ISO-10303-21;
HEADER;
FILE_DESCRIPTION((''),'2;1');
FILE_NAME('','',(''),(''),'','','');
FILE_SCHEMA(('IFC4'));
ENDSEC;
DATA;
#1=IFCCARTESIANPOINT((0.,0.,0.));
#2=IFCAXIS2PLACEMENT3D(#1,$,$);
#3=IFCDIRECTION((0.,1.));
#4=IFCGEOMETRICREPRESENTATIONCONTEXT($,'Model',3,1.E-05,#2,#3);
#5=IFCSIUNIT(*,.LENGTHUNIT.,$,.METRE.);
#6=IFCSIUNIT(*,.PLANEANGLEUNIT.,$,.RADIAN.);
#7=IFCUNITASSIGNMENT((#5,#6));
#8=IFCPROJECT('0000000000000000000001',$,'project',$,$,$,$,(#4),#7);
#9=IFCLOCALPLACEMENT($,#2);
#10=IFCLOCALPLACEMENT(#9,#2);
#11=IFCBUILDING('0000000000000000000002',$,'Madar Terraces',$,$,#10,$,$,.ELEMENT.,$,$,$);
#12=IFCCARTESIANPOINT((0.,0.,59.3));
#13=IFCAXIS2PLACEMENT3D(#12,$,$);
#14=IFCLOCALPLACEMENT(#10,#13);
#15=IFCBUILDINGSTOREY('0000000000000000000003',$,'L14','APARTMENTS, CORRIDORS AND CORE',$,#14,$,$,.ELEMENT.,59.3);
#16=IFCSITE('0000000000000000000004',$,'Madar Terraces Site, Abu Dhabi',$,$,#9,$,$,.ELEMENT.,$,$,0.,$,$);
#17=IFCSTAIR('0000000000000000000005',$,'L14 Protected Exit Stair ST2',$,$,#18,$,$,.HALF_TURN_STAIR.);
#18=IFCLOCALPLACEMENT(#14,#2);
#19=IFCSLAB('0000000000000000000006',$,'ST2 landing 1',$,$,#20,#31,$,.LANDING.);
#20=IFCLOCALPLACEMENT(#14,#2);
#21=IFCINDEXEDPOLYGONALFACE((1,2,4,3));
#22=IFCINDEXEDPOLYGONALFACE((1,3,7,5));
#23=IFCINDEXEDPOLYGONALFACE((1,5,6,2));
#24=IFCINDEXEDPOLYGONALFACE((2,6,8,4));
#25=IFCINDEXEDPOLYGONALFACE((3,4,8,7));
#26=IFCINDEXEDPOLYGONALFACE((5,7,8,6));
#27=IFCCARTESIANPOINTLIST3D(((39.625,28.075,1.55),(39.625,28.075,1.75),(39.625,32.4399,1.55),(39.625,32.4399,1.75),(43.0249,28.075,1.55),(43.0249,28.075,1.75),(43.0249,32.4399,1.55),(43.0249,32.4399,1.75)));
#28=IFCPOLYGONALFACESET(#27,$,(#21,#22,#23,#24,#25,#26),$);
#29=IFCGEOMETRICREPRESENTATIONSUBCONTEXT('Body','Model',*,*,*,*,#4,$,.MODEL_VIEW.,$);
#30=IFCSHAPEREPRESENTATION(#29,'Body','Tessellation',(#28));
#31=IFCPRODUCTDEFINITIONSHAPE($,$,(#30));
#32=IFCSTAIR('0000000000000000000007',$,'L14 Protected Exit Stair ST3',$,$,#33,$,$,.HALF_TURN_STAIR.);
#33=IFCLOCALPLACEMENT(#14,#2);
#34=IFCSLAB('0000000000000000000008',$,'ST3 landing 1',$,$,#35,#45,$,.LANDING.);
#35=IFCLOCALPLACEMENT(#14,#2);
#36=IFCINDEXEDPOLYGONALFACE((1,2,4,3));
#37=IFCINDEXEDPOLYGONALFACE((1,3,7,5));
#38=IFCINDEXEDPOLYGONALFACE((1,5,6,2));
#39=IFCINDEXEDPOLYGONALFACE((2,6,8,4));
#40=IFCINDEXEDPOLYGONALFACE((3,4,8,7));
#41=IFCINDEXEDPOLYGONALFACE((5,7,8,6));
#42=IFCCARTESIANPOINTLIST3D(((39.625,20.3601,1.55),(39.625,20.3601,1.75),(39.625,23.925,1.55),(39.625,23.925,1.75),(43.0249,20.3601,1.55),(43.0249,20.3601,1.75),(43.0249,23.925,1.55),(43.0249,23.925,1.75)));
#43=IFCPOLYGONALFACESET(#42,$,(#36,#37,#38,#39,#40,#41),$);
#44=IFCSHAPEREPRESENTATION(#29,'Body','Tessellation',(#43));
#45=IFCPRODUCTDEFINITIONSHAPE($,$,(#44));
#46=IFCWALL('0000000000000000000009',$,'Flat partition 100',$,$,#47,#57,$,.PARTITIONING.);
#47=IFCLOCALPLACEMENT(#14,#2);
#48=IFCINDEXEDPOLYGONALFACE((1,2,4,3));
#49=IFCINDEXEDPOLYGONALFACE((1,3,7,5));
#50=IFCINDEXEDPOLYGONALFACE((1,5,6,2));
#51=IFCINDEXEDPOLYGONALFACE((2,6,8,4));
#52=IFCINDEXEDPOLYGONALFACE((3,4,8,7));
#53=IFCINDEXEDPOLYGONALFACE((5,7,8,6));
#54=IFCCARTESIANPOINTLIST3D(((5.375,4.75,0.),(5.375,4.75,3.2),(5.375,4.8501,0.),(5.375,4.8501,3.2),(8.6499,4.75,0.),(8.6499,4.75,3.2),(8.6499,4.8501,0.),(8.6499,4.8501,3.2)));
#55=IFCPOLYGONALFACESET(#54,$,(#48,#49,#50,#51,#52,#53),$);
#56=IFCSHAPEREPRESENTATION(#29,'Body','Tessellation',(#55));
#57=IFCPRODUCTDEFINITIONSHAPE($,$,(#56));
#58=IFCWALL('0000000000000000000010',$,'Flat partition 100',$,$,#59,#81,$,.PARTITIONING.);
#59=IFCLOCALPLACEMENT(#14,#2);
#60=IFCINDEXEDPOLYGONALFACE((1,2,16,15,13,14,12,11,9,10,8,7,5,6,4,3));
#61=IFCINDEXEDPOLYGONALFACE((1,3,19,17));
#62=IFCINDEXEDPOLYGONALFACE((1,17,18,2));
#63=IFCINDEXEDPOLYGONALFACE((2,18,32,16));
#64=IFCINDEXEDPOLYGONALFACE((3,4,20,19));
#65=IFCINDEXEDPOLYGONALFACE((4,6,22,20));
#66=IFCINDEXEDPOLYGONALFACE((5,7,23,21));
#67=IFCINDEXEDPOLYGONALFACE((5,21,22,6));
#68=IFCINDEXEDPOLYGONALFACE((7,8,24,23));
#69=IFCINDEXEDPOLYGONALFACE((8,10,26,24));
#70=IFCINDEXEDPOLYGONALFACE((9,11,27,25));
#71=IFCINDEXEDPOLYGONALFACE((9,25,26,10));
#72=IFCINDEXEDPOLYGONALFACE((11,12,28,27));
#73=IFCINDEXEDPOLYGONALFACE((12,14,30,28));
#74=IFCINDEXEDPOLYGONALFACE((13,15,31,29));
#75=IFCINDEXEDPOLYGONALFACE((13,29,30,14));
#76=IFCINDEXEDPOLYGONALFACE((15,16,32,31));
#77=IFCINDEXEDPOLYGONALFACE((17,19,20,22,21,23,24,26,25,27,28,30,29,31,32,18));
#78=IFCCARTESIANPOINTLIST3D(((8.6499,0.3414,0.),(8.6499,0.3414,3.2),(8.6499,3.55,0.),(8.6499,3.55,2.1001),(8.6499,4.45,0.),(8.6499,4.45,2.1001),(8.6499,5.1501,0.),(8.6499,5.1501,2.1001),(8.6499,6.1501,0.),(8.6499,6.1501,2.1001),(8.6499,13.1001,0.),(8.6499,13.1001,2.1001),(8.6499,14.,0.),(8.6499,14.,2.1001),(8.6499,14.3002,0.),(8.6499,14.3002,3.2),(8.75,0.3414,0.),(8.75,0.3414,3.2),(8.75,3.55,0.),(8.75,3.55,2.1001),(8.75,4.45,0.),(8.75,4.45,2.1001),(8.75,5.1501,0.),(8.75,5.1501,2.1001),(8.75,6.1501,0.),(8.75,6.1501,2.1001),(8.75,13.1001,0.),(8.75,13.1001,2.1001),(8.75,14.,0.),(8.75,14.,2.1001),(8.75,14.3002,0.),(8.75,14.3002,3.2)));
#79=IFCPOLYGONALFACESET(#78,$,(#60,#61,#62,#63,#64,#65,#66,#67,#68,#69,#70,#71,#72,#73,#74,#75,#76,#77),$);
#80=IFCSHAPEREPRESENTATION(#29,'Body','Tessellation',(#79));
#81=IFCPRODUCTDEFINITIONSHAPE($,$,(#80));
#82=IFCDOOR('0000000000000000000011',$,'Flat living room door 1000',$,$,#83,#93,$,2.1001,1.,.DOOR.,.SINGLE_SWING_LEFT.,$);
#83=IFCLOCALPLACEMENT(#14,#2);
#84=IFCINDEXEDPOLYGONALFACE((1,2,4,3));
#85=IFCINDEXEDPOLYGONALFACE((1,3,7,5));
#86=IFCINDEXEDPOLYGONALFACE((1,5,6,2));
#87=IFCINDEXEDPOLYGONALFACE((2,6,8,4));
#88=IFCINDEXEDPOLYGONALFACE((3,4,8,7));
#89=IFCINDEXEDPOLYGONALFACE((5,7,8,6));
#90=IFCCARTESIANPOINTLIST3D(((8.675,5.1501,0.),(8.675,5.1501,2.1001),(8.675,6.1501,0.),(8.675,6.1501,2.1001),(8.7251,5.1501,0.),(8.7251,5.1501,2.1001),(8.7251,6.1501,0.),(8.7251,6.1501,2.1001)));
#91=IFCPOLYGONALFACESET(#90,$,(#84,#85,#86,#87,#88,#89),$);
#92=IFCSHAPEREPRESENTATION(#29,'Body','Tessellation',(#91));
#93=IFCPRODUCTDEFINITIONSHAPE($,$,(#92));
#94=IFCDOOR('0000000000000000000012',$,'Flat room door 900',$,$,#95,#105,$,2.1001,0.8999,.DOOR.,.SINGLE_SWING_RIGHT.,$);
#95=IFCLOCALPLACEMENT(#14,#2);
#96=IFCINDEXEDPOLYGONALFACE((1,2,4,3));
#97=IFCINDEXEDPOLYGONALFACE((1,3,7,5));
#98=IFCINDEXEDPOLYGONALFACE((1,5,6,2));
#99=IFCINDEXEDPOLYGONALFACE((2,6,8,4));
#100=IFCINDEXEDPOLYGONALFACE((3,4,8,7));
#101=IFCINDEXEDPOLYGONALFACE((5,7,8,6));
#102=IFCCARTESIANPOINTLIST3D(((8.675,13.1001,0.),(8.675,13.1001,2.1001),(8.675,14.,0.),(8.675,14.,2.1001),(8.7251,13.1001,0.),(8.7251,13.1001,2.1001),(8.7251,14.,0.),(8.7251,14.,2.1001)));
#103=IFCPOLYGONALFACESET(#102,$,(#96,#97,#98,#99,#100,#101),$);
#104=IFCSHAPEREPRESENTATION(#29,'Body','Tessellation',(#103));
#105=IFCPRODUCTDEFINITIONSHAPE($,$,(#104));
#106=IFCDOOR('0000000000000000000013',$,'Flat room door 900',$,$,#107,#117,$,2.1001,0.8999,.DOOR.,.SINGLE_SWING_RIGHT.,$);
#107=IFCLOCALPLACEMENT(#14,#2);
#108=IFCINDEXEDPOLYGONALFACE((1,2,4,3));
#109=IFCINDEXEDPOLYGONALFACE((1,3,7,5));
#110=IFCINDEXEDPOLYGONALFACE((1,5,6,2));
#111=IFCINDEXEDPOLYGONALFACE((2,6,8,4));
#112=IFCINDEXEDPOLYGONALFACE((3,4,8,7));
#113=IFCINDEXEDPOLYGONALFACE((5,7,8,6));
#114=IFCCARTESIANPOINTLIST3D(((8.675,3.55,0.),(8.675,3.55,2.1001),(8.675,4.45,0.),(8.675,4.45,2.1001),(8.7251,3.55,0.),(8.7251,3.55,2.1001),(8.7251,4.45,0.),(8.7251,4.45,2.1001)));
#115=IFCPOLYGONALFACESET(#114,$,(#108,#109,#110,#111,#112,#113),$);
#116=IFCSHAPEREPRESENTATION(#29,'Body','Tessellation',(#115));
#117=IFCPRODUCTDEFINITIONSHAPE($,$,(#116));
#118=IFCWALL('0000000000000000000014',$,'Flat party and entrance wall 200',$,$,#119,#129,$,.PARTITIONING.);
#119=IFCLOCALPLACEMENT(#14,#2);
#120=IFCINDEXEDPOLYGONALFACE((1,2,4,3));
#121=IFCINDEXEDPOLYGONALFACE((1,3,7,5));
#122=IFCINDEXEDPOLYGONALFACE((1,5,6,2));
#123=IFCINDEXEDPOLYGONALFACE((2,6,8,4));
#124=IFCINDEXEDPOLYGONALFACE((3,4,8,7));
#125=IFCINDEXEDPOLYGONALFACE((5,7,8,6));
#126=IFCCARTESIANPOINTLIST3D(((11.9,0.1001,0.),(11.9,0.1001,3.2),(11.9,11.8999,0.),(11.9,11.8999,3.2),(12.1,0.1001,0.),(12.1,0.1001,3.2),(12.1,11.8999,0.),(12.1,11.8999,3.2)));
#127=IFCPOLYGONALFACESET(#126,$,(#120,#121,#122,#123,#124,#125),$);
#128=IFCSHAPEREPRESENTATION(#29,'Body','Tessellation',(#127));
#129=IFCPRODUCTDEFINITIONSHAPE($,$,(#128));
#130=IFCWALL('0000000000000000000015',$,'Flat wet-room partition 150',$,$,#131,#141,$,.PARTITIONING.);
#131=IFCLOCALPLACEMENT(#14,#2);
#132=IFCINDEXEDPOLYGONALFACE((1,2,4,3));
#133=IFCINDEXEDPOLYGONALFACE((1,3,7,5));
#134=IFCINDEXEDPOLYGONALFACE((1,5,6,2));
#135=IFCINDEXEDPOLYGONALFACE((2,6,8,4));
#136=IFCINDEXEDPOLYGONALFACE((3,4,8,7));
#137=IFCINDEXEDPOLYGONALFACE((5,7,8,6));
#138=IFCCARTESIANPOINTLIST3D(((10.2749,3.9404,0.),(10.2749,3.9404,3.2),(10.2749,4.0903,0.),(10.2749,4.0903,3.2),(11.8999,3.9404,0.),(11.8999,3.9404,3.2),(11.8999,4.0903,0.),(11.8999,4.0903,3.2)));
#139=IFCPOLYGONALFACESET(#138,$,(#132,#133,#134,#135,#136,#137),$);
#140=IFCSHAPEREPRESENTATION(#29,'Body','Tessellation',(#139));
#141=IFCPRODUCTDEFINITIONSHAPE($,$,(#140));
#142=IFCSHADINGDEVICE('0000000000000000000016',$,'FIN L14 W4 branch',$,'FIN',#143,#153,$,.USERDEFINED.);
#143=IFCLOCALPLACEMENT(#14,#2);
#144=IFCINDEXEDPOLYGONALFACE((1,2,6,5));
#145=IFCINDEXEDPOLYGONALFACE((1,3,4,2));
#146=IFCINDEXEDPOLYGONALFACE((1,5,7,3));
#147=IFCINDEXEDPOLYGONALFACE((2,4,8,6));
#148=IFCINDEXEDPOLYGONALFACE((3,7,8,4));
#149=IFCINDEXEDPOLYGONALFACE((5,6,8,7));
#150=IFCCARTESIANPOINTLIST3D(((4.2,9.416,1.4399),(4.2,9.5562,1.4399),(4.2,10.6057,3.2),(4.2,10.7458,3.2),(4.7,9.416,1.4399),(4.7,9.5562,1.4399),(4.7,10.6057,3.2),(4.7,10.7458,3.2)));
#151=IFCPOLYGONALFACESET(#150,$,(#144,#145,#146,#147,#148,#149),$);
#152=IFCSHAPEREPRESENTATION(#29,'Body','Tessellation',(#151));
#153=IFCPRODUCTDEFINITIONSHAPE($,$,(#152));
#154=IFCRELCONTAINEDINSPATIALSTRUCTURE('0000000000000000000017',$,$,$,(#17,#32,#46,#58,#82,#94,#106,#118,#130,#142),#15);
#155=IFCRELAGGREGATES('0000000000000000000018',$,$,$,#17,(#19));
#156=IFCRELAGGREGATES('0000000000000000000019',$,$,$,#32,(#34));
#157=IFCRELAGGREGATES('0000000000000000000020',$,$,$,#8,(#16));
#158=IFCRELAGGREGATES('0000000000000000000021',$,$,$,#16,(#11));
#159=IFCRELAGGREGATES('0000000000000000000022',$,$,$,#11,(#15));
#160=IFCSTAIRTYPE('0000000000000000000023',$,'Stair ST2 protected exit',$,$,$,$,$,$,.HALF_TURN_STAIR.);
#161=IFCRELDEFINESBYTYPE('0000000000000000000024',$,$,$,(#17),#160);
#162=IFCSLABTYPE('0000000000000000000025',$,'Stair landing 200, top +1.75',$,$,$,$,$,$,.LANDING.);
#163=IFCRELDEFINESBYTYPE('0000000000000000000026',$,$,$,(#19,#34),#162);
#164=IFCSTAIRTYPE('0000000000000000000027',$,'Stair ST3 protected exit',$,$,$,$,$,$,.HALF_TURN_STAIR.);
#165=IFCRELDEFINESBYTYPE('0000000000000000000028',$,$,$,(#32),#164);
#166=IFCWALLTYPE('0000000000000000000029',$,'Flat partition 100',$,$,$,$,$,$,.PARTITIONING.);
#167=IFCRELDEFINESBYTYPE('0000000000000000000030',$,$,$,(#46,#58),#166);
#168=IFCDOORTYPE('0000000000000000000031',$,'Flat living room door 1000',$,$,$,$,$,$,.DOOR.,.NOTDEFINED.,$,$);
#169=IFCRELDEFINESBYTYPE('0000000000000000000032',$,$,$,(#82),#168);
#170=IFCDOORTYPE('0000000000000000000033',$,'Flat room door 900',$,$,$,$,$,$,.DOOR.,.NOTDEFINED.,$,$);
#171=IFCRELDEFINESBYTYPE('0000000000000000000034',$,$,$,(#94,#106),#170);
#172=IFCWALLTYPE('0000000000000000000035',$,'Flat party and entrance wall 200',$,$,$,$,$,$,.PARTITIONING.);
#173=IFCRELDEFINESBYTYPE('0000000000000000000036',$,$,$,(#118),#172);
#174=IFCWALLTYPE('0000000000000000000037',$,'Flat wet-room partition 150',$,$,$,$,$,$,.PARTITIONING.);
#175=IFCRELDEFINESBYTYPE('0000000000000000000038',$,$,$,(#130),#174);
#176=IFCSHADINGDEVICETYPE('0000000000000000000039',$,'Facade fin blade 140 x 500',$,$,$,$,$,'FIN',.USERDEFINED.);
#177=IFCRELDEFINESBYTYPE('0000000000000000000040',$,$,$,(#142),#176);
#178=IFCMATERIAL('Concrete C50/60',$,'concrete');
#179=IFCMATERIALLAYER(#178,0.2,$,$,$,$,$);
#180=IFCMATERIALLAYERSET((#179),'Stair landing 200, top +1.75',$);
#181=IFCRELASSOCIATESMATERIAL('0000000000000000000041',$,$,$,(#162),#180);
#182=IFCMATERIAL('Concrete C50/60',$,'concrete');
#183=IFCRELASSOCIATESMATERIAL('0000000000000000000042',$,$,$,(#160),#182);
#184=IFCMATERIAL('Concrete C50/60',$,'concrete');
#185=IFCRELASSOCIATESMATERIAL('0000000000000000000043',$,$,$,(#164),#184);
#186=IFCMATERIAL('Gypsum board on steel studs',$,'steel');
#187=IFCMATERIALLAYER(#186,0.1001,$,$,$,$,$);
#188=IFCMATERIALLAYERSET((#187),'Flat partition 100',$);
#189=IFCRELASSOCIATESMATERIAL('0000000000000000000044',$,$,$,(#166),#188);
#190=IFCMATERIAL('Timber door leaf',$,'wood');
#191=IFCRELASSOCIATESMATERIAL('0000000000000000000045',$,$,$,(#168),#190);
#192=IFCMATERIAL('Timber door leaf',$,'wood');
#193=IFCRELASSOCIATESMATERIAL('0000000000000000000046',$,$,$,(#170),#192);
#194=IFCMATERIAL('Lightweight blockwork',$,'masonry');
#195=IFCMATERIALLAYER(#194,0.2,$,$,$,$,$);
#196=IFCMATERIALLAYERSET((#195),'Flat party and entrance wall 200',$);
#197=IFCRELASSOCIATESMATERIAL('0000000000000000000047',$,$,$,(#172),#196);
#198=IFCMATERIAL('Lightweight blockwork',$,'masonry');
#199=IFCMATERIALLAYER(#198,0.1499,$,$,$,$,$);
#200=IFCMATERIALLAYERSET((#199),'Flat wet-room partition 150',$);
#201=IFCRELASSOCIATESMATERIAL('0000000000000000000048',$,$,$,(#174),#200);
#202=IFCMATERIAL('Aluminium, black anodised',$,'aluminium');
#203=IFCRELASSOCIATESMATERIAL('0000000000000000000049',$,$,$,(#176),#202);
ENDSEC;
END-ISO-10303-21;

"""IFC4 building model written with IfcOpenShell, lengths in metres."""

from ifc_helpers import new_model, si_unit, direction, frame, frame_2d, origin, place, context, subcontext, project, spatial, polyline, rectangle, outline, extrude, material, layer, layer_set, type_object, element, fill, aggregate, save


model = new_model("IFC4")

# Units and contexts
model_context = context("Model", 3, precision=1e-05, world=origin(), true_north=direction((0.0, 1.0)))
body_context = subcontext(model_context, "Body", "Model", "MODEL_VIEW")
ifc_project = project(units=[si_unit("LENGTHUNIT", "METRE"), si_unit("PLANEANGLEUNIT", "RADIAN")], contexts=[model_context])

# Site, building, storey
site_placement = place(None, origin())
site = spatial("IfcSite", under=ifc_project, at=site_placement, Name="Madar Terraces Site, Abu Dhabi", CompositionType="ELEMENT", RefElevation=0.0)
building_placement = place(site_placement, origin())
building = spatial("IfcBuilding", under=site, at=building_placement, Name="Madar Terraces", CompositionType="ELEMENT")
storey_placement = place(building_placement, frame((0.0, 0.0, 59.3)))
storey = spatial("IfcBuildingStorey", under=building, at=storey_placement, Name="L14", Description="APARTMENTS, CORRIDORS AND CORE", CompositionType="ELEMENT", Elevation=59.3)

# Stairs, slabs
ifc_material_1 = material(Name="Concrete C50/60", Category="concrete")
ifc_layer_1 = layer(ifc_material_1, 0.2)
ifc_layer_set_1 = layer_set([ifc_layer_1], Name="Stair landing 200, top +1.75")
slab_type_1 = type_object("IfcSlabType", Name="Stair landing 200, top +1.75", PredefinedType="LANDING", material=ifc_layer_set_1)
ifc_material_2 = material(Name="Concrete C50/60", Category="concrete")
stair_type_1 = type_object("IfcStairType", Name="Stair ST2 protected exit", PredefinedType="HALF_TURN_STAIR", material=ifc_material_2)
stair_1_placement = place(storey_placement, origin())
stair_1 = element("IfcStair", 1, at=stair_1_placement, inside=storey, type_object=stair_type_1, Name="L14 Protected Exit Stair ST2", PredefinedType="HALF_TURN_STAIR")
slab_1_placement = place(storey_placement, frame((0.0, 0.0, 1.55)))
slab_1 = element("IfcSlab", 2, at=slab_1_placement, type_object=slab_type_1, Name="ST2 landing 1", PredefinedType="LANDING", context=body_context, shape_type="SweptSolid", body=[
    extrude(outline(polyline([(39.625, 28.075), (43.0249, 28.075), (43.0249, 32.4399), (39.625, 32.4399), (39.625, 28.075)])), origin(), (0.0, 0.0, 1.0), 0.2),
])
aggregate(stair_1, [slab_1])
ifc_material_3 = material(Name="Concrete C50/60", Category="concrete")
stair_type_2 = type_object("IfcStairType", Name="Stair ST3 protected exit", PredefinedType="HALF_TURN_STAIR", material=ifc_material_3)
stair_2_placement = place(storey_placement, origin())
stair_2 = element("IfcStair", 3, at=stair_2_placement, inside=storey, type_object=stair_type_2, Name="L14 Protected Exit Stair ST3", PredefinedType="HALF_TURN_STAIR")
slab_2_placement = place(storey_placement, frame((0.0, 0.0, 1.55)))
slab_2 = element("IfcSlab", 4, at=slab_2_placement, type_object=slab_type_1, Name="ST3 landing 1", PredefinedType="LANDING", context=body_context, shape_type="SweptSolid", body=[
    extrude(outline(polyline([(39.625, 20.3601), (43.0249, 20.3601), (43.0249, 23.925), (39.625, 23.925), (39.625, 20.3601)])), origin(), (0.0, 0.0, 1.0), 0.2),
])
aggregate(stair_2, [slab_2])

# Wall
ifc_material_4 = material(Name="Gypsum board on steel studs", Category="steel")
ifc_layer_2 = layer(ifc_material_4, 0.1001)
ifc_layer_set_2 = layer_set([ifc_layer_2], Name="Flat partition 100")
wall_type_1 = type_object("IfcWallType", Name="Flat partition 100", PredefinedType="PARTITIONING", material=ifc_layer_set_2)
wall_1_placement = place(storey_placement, frame((8.6499, 4.8, 0.0), z_axis=(0.0, 0.0, 1.0), x_axis=(-1.0, 0.0, 0.0)))
element("IfcWall", 5, at=wall_1_placement, inside=storey, type_object=wall_type_1, Name="Flat partition 100", PredefinedType="PARTITIONING", context=body_context, shape_type="SweptSolid", body=[
    extrude(rectangle(XDim=3.2749, YDim=0.1001, at=frame_2d((1.6375, 0.0))), origin(), (0.0, 0.0, 1.0), 3.2),
])

# Wall, openings, doors
wall_2_placement = place(storey_placement, frame((8.7, 0.3413, 0.0), z_axis=(0.0, 0.0, 1.0), x_axis=(0.0, 1.0, 0.0)))
wall_2 = element("IfcWall", 6, at=wall_2_placement, inside=storey, type_object=wall_type_1, Name="Flat partition 100", PredefinedType="PARTITIONING", context=body_context, shape_type="SweptSolid", body=[
    extrude(rectangle(XDim=13.9587, YDim=0.1001, at=frame_2d((6.9795, 0.0))), origin(), (0.0, 0.0, 1.0), 3.2),
])
opening_1_placement = place(wall_2_placement, frame((12.7588, 0.0, 0.0)))
opening_1 = element("IfcOpeningElement", 7, at=opening_1_placement, cuts=wall_2, PredefinedType="OPENING", context=body_context, shape_type="SweptSolid", body=[
    extrude(rectangle(XDim=0.8999, YDim=2.1001, at=frame_2d((0.45, 1.05))), frame((0.0, 0.0601, 0.0), z_axis=(0.0, -1.0, 0.0), x_axis=(1.0, 0.0, 0.0)), (0.0, 0.0, 1.0), 0.1201),
])
opening_2_placement = place(wall_2_placement, frame((4.8088, 0.0, 0.0)))
opening_2 = element("IfcOpeningElement", 8, at=opening_2_placement, cuts=wall_2, PredefinedType="OPENING", context=body_context, shape_type="SweptSolid", body=[
    extrude(rectangle(XDim=1.0, YDim=2.1001, at=frame_2d((0.5, 1.05))), frame((0.0, 0.0601, 0.0), z_axis=(0.0, -1.0, 0.0), x_axis=(1.0, 0.0, 0.0)), (0.0, 0.0, 1.0), 0.1201),
])
opening_3_placement = place(wall_2_placement, frame((3.2087, 0.0, 0.0)))
opening_3 = element("IfcOpeningElement", 9, at=opening_3_placement, cuts=wall_2, PredefinedType="OPENING", context=body_context, shape_type="SweptSolid", body=[
    extrude(rectangle(XDim=0.8999, YDim=2.1001, at=frame_2d((0.45, 1.05))), frame((0.0, 0.0601, 0.0), z_axis=(0.0, -1.0, 0.0), x_axis=(1.0, 0.0, 0.0)), (0.0, 0.0, 1.0), 0.1201),
])
ifc_material_5 = material(Name="Timber door leaf", Category="wood")
door_type_1 = type_object("IfcDoorType", Name="Flat living room door 1000", OperationType="NOTDEFINED", PredefinedType="DOOR", material=ifc_material_5)
door_1_placement = place(opening_2_placement, origin())
door_1 = element("IfcDoor", 10, at=door_1_placement, inside=storey, type_object=door_type_1, Name="Flat living room door 1000", OperationType="SINGLE_SWING_LEFT", OverallHeight=2.1001, OverallWidth=1.0, PredefinedType="DOOR", context=body_context, shape_type="SweptSolid", body=[
    extrude(rectangle(XDim=1.0, YDim=2.1001, at=frame_2d((0.5, 1.05))), frame((0.0, 0.0249, 0.0), z_axis=(0.0, -1.0, 0.0), x_axis=(1.0, 0.0, 0.0)), (0.0, 0.0, 1.0), 0.05),
])
fill(opening_2, door_1)
ifc_material_6 = material(Name="Timber door leaf", Category="wood")
door_type_2 = type_object("IfcDoorType", Name="Flat room door 900", OperationType="NOTDEFINED", PredefinedType="DOOR", material=ifc_material_6)
door_2_placement = place(opening_1_placement, origin())
door_2 = element("IfcDoor", 11, at=door_2_placement, inside=storey, type_object=door_type_2, Name="Flat room door 900", OperationType="SINGLE_SWING_RIGHT", OverallHeight=2.1001, OverallWidth=0.8999, PredefinedType="DOOR", context=body_context, shape_type="SweptSolid", body=[
    extrude(rectangle(XDim=0.8999, YDim=2.1001, at=frame_2d((0.45, 1.05))), frame((0.0, 0.0249, 0.0), z_axis=(0.0, -1.0, 0.0), x_axis=(1.0, 0.0, 0.0)), (0.0, 0.0, 1.0), 0.05),
])
fill(opening_1, door_2)
door_3_placement = place(opening_3_placement, origin())
door_3 = element("IfcDoor", 12, at=door_3_placement, inside=storey, type_object=door_type_2, Name="Flat room door 900", OperationType="SINGLE_SWING_RIGHT", OverallHeight=2.1001, OverallWidth=0.8999, PredefinedType="DOOR", context=body_context, shape_type="SweptSolid", body=[
    extrude(rectangle(XDim=0.8999, YDim=2.1001, at=frame_2d((0.45, 1.05))), frame((0.0, 0.0249, 0.0), z_axis=(0.0, -1.0, 0.0), x_axis=(1.0, 0.0, 0.0)), (0.0, 0.0, 1.0), 0.05),
])
fill(opening_3, door_3)

# Walls
ifc_material_7 = material(Name="Lightweight blockwork", Category="masonry")
ifc_layer_3 = layer(ifc_material_7, 0.2)
ifc_layer_set_3 = layer_set([ifc_layer_3], Name="Flat party and entrance wall 200")
wall_type_2 = type_object("IfcWallType", Name="Flat party and entrance wall 200", PredefinedType="PARTITIONING", material=ifc_layer_set_3)
wall_3_placement = place(storey_placement, frame((12.0, 0.1001, 0.0), z_axis=(0.0, 0.0, 1.0), x_axis=(0.0, 1.0, 0.0)))
element("IfcWall", 13, at=wall_3_placement, inside=storey, type_object=wall_type_2, Name="Flat party and entrance wall 200", PredefinedType="PARTITIONING", context=body_context, shape_type="SweptSolid", body=[
    extrude(rectangle(XDim=11.7998, YDim=0.2, at=frame_2d((5.8999, 0.0))), origin(), (0.0, 0.0, 1.0), 3.2),
])
ifc_material_8 = material(Name="Lightweight blockwork", Category="masonry")
ifc_layer_4 = layer(ifc_material_8, 0.1499)
ifc_layer_set_4 = layer_set([ifc_layer_4], Name="Flat wet-room partition 150")
wall_type_3 = type_object("IfcWallType", Name="Flat wet-room partition 150", PredefinedType="PARTITIONING", material=ifc_layer_set_4)
wall_4_placement = place(storey_placement, frame((11.8999, 4.0154, 0.0), z_axis=(0.0, 0.0, 1.0), x_axis=(-1.0, 0.0, 0.0)))
element("IfcWall", 14, at=wall_4_placement, inside=storey, type_object=wall_type_3, Name="Flat wet-room partition 150", PredefinedType="PARTITIONING", context=body_context, shape_type="SweptSolid", body=[
    extrude(rectangle(XDim=1.625, YDim=0.1499, at=frame_2d((0.8125, 0.0))), origin(), (0.0, 0.0, 1.0), 3.2),
])

# Shading device
ifc_material_9 = material(Name="Aluminium, black anodised", Category="aluminium")
shading_device_type = type_object("IfcShadingDeviceType", Name="Facade fin blade 140 x 500", ElementType="FIN", PredefinedType="USERDEFINED", material=ifc_material_9)
shading_device_placement = place(storey_placement, frame((4.45, 9.5562, 1.4399), z_axis=(0.0, 0.0, 1.0), x_axis=(0.0, -1.0, 0.0)))
element("IfcShadingDevice", 15, at=shading_device_placement, inside=storey, type_object=shading_device_type, Name="FIN L14 W4 branch", ObjectType="FIN", PredefinedType="USERDEFINED", context=body_context, shape_type="SweptSolid", body=[
    extrude(outline(polyline([(0.0, 0.0), (0.1401, 0.0), (-1.0496, 1.76), (-1.1897, 1.76), (0.0, 0.0)])), frame((0.0, 0.25, 0.0), z_axis=(0.0, -1.0, 0.0), x_axis=(1.0, 0.0, 0.0)), (0.0, 0.0, 1.0), 0.5),
])

save(model, "model.ifc")
